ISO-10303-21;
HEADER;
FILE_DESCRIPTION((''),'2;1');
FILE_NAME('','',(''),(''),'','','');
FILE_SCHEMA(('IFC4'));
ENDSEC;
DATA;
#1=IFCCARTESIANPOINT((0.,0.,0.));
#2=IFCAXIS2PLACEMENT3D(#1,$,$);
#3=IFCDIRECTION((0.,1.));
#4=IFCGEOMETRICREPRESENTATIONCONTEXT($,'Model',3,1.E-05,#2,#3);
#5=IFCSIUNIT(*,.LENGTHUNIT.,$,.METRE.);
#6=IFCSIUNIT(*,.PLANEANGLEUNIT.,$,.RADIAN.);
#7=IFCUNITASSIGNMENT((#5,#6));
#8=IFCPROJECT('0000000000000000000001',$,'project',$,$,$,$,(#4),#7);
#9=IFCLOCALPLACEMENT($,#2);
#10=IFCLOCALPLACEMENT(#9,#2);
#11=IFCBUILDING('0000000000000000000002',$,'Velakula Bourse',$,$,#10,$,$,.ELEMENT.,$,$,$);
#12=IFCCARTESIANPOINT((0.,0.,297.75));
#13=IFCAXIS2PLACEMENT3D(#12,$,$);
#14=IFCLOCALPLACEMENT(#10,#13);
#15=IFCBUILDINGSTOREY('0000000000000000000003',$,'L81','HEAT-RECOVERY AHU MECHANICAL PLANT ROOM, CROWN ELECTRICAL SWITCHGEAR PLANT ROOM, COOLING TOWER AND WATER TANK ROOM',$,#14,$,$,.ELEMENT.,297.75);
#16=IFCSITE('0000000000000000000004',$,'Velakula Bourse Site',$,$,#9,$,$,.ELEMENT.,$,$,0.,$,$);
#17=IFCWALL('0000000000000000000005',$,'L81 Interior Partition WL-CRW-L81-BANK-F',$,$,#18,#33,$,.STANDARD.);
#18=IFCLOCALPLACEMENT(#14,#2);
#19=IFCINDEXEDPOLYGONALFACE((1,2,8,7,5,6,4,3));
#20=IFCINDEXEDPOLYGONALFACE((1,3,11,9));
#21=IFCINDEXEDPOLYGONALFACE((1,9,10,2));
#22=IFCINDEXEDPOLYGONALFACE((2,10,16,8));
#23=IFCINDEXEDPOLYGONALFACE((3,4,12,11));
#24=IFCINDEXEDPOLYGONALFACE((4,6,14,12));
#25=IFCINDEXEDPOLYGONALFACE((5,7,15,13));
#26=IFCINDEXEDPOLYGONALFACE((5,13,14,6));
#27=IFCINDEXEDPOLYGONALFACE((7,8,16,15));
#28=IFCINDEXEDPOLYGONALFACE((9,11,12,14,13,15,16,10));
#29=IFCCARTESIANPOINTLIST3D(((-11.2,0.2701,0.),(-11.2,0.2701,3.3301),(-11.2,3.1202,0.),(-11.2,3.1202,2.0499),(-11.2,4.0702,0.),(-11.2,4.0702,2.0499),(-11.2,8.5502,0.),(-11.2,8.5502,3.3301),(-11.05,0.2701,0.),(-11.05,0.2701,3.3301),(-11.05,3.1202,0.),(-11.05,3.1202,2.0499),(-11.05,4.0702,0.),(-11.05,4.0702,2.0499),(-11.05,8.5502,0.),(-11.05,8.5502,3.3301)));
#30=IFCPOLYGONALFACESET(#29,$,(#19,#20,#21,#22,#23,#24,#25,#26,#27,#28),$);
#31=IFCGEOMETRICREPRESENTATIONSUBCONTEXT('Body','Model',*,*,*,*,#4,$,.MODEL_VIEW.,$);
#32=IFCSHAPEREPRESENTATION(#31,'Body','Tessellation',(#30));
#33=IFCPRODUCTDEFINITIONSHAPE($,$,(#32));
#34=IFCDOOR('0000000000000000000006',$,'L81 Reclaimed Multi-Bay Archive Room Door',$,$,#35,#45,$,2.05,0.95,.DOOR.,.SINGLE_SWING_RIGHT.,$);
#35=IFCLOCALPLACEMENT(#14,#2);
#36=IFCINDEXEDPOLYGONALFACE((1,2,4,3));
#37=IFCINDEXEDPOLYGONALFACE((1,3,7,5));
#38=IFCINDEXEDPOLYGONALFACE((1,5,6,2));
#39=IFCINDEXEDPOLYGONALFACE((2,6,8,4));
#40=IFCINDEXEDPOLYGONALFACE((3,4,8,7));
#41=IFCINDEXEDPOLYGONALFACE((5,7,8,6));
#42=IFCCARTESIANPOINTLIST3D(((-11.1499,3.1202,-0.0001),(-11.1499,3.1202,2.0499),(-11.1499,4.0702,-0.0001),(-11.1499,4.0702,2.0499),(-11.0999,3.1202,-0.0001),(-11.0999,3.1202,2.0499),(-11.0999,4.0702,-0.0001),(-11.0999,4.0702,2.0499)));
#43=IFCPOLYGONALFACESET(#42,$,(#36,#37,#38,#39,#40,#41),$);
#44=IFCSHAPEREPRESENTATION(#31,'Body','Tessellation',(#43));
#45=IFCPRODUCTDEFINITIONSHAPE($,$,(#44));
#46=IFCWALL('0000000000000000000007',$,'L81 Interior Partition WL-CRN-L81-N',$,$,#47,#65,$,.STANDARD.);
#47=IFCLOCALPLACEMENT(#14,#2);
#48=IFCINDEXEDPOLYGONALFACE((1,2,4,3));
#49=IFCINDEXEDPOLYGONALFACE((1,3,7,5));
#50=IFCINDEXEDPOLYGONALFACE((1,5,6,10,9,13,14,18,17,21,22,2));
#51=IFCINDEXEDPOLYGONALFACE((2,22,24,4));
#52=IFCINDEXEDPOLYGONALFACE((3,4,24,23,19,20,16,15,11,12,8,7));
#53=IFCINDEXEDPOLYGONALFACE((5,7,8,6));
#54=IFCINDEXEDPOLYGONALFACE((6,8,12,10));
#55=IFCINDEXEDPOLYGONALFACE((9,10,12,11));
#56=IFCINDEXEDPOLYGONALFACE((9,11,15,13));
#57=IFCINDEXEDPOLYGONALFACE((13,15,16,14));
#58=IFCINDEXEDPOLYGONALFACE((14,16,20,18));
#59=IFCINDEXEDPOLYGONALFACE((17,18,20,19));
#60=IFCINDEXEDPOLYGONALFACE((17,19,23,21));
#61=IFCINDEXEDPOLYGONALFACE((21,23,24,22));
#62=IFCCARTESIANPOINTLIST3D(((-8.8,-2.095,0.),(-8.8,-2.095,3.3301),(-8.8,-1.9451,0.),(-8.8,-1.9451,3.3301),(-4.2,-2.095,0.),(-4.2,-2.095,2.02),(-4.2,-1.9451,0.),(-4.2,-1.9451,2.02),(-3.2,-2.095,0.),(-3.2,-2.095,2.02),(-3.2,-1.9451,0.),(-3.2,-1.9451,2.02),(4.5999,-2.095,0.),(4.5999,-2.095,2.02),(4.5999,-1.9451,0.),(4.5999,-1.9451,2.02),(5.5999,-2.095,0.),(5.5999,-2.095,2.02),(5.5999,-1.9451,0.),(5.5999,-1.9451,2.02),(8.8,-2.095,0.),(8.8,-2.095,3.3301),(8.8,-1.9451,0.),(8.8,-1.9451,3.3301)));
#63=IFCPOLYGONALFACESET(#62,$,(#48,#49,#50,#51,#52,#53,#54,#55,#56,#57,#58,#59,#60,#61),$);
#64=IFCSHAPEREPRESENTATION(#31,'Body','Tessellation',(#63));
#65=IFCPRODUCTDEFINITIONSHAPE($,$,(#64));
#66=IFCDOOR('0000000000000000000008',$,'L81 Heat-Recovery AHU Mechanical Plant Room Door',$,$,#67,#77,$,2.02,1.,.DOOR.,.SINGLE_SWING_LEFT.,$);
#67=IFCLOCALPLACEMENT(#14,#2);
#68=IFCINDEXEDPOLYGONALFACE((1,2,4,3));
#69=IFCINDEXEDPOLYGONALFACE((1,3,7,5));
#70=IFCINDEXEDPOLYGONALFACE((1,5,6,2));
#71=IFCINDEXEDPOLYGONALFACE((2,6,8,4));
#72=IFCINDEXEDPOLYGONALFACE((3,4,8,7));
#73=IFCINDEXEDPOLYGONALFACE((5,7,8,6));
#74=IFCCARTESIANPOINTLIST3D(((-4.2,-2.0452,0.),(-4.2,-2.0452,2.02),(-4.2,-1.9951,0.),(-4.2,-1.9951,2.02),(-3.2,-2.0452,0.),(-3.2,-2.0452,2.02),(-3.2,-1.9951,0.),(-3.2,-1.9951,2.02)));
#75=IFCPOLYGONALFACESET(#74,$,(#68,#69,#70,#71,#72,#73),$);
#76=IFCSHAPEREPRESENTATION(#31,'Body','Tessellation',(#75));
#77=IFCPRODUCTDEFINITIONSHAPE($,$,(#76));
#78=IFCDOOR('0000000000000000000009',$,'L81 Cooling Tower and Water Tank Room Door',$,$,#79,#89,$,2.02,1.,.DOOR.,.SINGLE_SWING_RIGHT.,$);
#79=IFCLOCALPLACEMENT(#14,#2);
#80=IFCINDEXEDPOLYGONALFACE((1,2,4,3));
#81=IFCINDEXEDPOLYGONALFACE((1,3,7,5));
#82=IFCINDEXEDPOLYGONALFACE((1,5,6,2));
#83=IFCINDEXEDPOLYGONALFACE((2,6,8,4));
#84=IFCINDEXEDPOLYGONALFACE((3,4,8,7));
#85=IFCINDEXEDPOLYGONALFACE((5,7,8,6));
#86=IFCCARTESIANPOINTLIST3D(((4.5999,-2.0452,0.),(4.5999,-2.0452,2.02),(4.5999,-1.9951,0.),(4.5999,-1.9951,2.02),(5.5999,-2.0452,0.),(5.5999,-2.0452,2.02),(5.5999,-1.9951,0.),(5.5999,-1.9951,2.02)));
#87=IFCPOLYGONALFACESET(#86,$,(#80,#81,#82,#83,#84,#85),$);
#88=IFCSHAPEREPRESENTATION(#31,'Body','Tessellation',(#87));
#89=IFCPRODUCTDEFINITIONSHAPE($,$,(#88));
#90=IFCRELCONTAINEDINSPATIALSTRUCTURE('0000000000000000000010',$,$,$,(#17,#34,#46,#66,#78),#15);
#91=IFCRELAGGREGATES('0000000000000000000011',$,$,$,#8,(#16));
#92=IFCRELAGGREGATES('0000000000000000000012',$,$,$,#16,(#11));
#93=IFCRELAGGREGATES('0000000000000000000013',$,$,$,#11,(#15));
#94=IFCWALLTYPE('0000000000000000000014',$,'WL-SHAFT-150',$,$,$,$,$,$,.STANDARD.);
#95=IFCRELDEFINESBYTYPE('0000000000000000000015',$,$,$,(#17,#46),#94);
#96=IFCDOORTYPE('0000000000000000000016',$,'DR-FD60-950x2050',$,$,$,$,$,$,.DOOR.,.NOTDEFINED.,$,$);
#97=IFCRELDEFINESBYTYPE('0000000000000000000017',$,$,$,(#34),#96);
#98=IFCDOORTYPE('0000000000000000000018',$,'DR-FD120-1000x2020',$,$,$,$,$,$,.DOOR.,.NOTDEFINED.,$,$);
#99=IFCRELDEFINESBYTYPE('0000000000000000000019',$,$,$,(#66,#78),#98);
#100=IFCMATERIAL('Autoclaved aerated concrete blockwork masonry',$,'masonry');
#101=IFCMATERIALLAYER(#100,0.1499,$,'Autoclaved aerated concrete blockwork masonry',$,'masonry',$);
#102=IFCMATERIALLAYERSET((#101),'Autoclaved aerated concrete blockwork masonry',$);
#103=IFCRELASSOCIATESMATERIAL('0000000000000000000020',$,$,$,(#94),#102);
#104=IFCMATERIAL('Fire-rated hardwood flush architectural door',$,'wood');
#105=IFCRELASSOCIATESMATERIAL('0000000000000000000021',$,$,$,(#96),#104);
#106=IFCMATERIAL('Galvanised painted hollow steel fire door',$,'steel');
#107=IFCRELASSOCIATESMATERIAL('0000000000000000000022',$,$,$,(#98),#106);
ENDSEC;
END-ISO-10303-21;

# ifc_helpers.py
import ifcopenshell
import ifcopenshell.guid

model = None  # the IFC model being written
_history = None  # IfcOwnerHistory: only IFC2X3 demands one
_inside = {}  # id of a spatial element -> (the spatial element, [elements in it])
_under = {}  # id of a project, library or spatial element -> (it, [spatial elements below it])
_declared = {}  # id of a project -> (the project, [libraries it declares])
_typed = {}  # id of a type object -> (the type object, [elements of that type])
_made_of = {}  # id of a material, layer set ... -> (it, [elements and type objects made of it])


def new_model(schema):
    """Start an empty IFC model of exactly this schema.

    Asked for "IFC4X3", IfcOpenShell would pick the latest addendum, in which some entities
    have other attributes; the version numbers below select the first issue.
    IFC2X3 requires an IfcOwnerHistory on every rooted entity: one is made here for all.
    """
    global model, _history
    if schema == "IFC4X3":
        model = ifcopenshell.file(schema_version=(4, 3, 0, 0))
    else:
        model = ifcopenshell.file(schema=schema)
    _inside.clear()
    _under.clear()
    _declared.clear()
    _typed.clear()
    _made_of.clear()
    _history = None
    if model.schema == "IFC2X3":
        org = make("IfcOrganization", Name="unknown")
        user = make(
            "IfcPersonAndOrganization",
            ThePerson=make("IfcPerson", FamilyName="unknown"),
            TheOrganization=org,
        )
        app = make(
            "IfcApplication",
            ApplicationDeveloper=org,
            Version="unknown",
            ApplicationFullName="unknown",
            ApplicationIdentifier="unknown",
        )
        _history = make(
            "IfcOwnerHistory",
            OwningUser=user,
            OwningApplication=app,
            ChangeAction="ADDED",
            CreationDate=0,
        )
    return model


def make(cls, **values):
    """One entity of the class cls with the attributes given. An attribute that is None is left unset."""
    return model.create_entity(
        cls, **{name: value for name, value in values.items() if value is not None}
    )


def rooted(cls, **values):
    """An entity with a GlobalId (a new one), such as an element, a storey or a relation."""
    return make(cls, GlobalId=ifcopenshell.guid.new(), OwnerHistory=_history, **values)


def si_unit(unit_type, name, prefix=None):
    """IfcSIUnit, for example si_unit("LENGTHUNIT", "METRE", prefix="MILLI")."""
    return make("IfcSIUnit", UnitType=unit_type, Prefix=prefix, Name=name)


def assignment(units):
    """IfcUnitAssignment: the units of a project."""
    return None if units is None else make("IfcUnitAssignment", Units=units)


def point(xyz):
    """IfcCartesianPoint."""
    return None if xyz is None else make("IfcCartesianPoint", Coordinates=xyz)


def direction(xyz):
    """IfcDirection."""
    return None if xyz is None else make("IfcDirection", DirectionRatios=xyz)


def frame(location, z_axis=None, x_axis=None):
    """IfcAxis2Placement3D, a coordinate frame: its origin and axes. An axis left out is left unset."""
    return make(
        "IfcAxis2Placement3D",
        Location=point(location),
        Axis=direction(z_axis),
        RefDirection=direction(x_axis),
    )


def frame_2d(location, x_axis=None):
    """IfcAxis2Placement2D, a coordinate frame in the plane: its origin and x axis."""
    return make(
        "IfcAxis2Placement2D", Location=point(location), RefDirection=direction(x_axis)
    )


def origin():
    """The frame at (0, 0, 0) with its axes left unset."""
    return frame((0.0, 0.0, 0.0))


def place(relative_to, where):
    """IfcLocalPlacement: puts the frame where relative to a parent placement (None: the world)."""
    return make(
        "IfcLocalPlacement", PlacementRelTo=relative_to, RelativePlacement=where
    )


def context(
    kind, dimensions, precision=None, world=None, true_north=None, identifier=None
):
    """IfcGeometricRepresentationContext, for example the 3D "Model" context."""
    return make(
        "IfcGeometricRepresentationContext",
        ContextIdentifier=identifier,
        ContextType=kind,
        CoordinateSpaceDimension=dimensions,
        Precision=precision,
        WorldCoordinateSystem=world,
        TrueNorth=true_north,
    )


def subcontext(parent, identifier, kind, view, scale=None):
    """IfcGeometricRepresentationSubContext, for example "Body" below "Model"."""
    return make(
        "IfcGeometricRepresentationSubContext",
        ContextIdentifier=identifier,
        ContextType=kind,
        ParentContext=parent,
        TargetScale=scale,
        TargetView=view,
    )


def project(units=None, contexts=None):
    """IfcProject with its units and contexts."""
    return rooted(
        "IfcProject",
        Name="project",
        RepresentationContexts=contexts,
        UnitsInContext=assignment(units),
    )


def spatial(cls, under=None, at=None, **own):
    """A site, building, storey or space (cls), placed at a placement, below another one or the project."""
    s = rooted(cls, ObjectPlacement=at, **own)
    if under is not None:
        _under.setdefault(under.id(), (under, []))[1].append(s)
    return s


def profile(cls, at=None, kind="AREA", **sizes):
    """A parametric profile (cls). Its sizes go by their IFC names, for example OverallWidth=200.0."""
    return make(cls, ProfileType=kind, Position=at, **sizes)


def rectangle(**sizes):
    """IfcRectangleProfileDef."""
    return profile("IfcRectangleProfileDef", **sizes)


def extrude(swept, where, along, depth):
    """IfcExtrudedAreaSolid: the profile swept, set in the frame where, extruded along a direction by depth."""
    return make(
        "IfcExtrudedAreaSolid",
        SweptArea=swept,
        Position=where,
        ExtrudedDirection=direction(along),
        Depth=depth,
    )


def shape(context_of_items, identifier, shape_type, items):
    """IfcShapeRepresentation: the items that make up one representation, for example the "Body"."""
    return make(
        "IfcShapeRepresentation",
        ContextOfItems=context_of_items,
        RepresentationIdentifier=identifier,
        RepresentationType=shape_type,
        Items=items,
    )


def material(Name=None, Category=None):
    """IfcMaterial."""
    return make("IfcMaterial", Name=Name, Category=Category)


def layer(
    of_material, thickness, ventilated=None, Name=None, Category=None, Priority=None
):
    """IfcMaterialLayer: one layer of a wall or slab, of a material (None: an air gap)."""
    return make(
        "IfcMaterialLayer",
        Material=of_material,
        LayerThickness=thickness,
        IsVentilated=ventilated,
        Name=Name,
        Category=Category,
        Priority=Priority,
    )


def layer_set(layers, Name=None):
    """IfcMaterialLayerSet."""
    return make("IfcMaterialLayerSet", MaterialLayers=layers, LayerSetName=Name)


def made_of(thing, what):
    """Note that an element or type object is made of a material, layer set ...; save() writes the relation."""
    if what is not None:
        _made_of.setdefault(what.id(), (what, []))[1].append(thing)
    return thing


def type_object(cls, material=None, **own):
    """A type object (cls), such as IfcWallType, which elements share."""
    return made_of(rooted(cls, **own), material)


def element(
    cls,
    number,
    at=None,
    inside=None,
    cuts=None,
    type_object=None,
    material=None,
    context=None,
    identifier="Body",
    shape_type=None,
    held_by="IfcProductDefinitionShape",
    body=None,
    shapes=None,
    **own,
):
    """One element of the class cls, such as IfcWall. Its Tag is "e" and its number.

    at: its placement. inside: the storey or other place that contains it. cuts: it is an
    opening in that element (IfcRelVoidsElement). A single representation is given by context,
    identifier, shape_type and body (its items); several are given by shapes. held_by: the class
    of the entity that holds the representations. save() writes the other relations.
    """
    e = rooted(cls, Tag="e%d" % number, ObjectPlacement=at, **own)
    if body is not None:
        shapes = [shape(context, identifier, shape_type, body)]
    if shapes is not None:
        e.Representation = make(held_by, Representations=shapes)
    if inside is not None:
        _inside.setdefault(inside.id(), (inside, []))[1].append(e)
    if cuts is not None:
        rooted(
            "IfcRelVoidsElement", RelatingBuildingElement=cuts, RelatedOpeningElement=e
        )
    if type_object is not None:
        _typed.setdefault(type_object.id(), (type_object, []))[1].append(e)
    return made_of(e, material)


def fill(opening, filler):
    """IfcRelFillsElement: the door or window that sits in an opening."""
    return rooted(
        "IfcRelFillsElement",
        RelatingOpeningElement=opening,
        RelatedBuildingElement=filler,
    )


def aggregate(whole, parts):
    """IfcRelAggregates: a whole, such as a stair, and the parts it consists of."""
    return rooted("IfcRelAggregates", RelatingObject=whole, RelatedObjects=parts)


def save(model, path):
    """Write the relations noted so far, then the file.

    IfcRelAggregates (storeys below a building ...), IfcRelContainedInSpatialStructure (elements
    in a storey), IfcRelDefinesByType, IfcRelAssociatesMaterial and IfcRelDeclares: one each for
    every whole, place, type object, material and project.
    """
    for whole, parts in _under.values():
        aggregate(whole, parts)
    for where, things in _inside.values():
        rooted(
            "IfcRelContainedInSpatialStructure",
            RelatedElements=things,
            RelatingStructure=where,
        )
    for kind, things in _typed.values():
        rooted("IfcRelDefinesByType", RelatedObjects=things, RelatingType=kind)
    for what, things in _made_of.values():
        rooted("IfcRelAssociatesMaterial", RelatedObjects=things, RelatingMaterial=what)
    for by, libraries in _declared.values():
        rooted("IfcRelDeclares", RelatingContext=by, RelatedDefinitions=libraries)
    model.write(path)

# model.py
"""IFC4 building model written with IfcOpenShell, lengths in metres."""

from ifc_helpers import new_model, si_unit, direction, frame, frame_2d, origin, place, context, subcontext, project, spatial, rectangle, extrude, material, layer, layer_set, type_object, element, fill, save


model = new_model("IFC4")

# Units and contexts
model_context = context("Model", 3, precision=1e-05, world=origin(), true_north=direction((0.0, 1.0)))
body_context = subcontext(model_context, "Body", "Model", "MODEL_VIEW")
ifc_project = project(units=[si_unit("LENGTHUNIT", "METRE"), si_unit("PLANEANGLEUNIT", "RADIAN")], contexts=[model_context])

# Site, building, storey
site_placement = place(None, origin())
site = spatial("IfcSite", under=ifc_project, at=site_placement, Name="Velakula Bourse Site", CompositionType="ELEMENT", RefElevation=0.0)
building_placement = place(site_placement, origin())
building = spatial("IfcBuilding", under=site, at=building_placement, Name="Velakula Bourse", CompositionType="ELEMENT")
storey_placement = place(building_placement, frame((0.0, 0.0, 297.75)))
storey = spatial("IfcBuildingStorey", under=building, at=storey_placement, Name="L81", Description="HEAT-RECOVERY AHU MECHANICAL PLANT ROOM, CROWN ELECTRICAL SWITCHGEAR PLANT ROOM, COOLING TOWER AND WATER TANK ROOM", CompositionType="ELEMENT", Elevation=297.75)

# Wall, opening, door
ifc_material_1 = material(Name="Fire-rated hardwood flush architectural door", Category="wood")
ifc_material_2 = material(Name="Autoclaved aerated concrete blockwork masonry", Category="masonry")
ifc_layer_1 = layer(ifc_material_2, 0.1499, Name="Autoclaved aerated concrete blockwork masonry", Category="masonry")
ifc_layer_set_1 = layer_set([ifc_layer_1], Name="Autoclaved aerated concrete blockwork masonry")
wall_type_1 = type_object("IfcWallType", Name="WL-SHAFT-150", PredefinedType="STANDARD", material=ifc_layer_set_1)
ifc_material_3 = material(Name="Galvanised painted hollow steel fire door", Category="steel")
wall_1_placement = place(storey_placement, frame((-11.125, 0.27, 0.0), z_axis=(0.0, 0.0, 1.0), x_axis=(0.0, 1.0, 0.0)))
wall_1 = element("IfcWall", 1, at=wall_1_placement, inside=storey, type_object=wall_type_1, Name="L81 Interior Partition WL-CRW-L81-BANK-F", PredefinedType="STANDARD", context=body_context, shape_type="SweptSolid", body=[
    extrude(rectangle(XDim=8.28, YDim=0.1499, at=frame_2d((4.1401, 0.0))), origin(), (0.0, 0.0, 1.0), 3.3301),
])
opening_1_placement = place(wall_1_placement, frame((2.8501, 0.0, 0.0)))
opening_1 = element("IfcOpeningElement", 2, at=opening_1_placement, cuts=wall_1, PredefinedType="OPENING", context=body_context, shape_type="SweptSolid", body=[
    extrude(rectangle(XDim=0.95, YDim=2.05, at=frame_2d((0.4751, 1.0249))), frame((0.0, 0.085, 0.0), z_axis=(0.0, -1.0, 0.0), x_axis=(1.0, 0.0, 0.0)), (0.0, 0.0, 1.0), 0.1699),
])
door_type_1 = type_object("IfcDoorType", Name="DR-FD60-950x2050", OperationType="NOTDEFINED", PredefinedType="DOOR", material=ifc_material_1)
door_1_placement = place(opening_1_placement, origin())
door_1 = element("IfcDoor", 3, at=door_1_placement, inside=storey, type_object=door_type_1, Name="L81 Reclaimed Multi-Bay Archive Room Door", OperationType="SINGLE_SWING_RIGHT", OverallHeight=2.05, OverallWidth=0.95, PredefinedType="DOOR", context=body_context, shape_type="SweptSolid", body=[
    extrude(rectangle(XDim=0.95, YDim=2.05, at=frame_2d((0.4751, 1.0249))), frame((0.0, 0.0249, 0.0), z_axis=(0.0, -1.0, 0.0), x_axis=(1.0, 0.0, 0.0)), (0.0, 0.0, 1.0), 0.05),
])
fill(opening_1, door_1)

# Wall, openings, doors
wall_2_placement = place(storey_placement, frame((-8.8, -2.02, 0.0), z_axis=(0.0, 0.0, 1.0), x_axis=(1.0, 0.0, 0.0)))
wall_2 = element("IfcWall", 4, at=wall_2_placement, inside=storey, type_object=wall_type_1, Name="L81 Interior Partition WL-CRN-L81-N", PredefinedType="STANDARD", context=body_context, shape_type="SweptSolid", body=[
    extrude(rectangle(XDim=17.6001, YDim=0.1499, at=frame_2d((8.8, 0.0))), origin(), (0.0, 0.0, 1.0), 3.3301),
])
opening_2_placement = place(wall_2_placement, frame((4.6001, 0.0, 0.0)))
opening_2 = element("IfcOpeningElement", 5, at=opening_2_placement, cuts=wall_2, PredefinedType="OPENING", context=body_context, shape_type="SweptSolid", body=[
    extrude(rectangle(XDim=1.0, YDim=2.02, at=frame_2d((0.5, 1.01))), frame((0.0, 0.085, 0.0), z_axis=(0.0, -1.0, 0.0), x_axis=(1.0, 0.0, 0.0)), (0.0, 0.0, 1.0), 0.1699),
])
opening_3_placement = place(wall_2_placement, frame((13.3999, 0.0, 0.0)))
opening_3 = element("IfcOpeningElement", 6, at=opening_3_placement, cuts=wall_2, PredefinedType="OPENING", context=body_context, shape_type="SweptSolid", body=[
    extrude(rectangle(XDim=1.0, YDim=2.02, at=frame_2d((0.5, 1.01))), frame((0.0, 0.085, 0.0), z_axis=(0.0, -1.0, 0.0), x_axis=(1.0, 0.0, 0.0)), (0.0, 0.0, 1.0), 0.1699),
])
door_type_2 = type_object("IfcDoorType", Name="DR-FD120-1000x2020", OperationType="NOTDEFINED", PredefinedType="DOOR", material=ifc_material_3)
door_2_placement = place(opening_2_placement, origin())
door_2 = element("IfcDoor", 7, at=door_2_placement, inside=storey, type_object=door_type_2, Name="L81 Heat-Recovery AHU Mechanical Plant Room Door", OperationType="SINGLE_SWING_LEFT", OverallHeight=2.02, OverallWidth=1.0, PredefinedType="DOOR", context=body_context, shape_type="SweptSolid", body=[
    extrude(rectangle(XDim=1.0, YDim=2.02, at=frame_2d((0.5, 1.01))), frame((0.0, 0.0249, 0.0), z_axis=(0.0, -1.0, 0.0), x_axis=(1.0, 0.0, 0.0)), (0.0, 0.0, 1.0), 0.05),
])
fill(opening_2, door_2)
door_3_placement = place(opening_3_placement, origin())
door_3 = element("IfcDoor", 8, at=door_3_placement, inside=storey, type_object=door_type_2, Name="L81 Cooling Tower and Water Tank Room Door", OperationType="SINGLE_SWING_RIGHT", OverallHeight=2.02, OverallWidth=1.0, PredefinedType="DOOR", context=body_context, shape_type="SweptSolid", body=[
    extrude(rectangle(XDim=1.0, YDim=2.02, at=frame_2d((0.5, 1.01))), frame((0.0, 0.0249, 0.0), z_axis=(0.0, -1.0, 0.0), x_axis=(1.0, 0.0, 0.0)), (0.0, 0.0, 1.0), 0.05),
])
fill(opening_3, door_3)

save(model, "model.ifc")
